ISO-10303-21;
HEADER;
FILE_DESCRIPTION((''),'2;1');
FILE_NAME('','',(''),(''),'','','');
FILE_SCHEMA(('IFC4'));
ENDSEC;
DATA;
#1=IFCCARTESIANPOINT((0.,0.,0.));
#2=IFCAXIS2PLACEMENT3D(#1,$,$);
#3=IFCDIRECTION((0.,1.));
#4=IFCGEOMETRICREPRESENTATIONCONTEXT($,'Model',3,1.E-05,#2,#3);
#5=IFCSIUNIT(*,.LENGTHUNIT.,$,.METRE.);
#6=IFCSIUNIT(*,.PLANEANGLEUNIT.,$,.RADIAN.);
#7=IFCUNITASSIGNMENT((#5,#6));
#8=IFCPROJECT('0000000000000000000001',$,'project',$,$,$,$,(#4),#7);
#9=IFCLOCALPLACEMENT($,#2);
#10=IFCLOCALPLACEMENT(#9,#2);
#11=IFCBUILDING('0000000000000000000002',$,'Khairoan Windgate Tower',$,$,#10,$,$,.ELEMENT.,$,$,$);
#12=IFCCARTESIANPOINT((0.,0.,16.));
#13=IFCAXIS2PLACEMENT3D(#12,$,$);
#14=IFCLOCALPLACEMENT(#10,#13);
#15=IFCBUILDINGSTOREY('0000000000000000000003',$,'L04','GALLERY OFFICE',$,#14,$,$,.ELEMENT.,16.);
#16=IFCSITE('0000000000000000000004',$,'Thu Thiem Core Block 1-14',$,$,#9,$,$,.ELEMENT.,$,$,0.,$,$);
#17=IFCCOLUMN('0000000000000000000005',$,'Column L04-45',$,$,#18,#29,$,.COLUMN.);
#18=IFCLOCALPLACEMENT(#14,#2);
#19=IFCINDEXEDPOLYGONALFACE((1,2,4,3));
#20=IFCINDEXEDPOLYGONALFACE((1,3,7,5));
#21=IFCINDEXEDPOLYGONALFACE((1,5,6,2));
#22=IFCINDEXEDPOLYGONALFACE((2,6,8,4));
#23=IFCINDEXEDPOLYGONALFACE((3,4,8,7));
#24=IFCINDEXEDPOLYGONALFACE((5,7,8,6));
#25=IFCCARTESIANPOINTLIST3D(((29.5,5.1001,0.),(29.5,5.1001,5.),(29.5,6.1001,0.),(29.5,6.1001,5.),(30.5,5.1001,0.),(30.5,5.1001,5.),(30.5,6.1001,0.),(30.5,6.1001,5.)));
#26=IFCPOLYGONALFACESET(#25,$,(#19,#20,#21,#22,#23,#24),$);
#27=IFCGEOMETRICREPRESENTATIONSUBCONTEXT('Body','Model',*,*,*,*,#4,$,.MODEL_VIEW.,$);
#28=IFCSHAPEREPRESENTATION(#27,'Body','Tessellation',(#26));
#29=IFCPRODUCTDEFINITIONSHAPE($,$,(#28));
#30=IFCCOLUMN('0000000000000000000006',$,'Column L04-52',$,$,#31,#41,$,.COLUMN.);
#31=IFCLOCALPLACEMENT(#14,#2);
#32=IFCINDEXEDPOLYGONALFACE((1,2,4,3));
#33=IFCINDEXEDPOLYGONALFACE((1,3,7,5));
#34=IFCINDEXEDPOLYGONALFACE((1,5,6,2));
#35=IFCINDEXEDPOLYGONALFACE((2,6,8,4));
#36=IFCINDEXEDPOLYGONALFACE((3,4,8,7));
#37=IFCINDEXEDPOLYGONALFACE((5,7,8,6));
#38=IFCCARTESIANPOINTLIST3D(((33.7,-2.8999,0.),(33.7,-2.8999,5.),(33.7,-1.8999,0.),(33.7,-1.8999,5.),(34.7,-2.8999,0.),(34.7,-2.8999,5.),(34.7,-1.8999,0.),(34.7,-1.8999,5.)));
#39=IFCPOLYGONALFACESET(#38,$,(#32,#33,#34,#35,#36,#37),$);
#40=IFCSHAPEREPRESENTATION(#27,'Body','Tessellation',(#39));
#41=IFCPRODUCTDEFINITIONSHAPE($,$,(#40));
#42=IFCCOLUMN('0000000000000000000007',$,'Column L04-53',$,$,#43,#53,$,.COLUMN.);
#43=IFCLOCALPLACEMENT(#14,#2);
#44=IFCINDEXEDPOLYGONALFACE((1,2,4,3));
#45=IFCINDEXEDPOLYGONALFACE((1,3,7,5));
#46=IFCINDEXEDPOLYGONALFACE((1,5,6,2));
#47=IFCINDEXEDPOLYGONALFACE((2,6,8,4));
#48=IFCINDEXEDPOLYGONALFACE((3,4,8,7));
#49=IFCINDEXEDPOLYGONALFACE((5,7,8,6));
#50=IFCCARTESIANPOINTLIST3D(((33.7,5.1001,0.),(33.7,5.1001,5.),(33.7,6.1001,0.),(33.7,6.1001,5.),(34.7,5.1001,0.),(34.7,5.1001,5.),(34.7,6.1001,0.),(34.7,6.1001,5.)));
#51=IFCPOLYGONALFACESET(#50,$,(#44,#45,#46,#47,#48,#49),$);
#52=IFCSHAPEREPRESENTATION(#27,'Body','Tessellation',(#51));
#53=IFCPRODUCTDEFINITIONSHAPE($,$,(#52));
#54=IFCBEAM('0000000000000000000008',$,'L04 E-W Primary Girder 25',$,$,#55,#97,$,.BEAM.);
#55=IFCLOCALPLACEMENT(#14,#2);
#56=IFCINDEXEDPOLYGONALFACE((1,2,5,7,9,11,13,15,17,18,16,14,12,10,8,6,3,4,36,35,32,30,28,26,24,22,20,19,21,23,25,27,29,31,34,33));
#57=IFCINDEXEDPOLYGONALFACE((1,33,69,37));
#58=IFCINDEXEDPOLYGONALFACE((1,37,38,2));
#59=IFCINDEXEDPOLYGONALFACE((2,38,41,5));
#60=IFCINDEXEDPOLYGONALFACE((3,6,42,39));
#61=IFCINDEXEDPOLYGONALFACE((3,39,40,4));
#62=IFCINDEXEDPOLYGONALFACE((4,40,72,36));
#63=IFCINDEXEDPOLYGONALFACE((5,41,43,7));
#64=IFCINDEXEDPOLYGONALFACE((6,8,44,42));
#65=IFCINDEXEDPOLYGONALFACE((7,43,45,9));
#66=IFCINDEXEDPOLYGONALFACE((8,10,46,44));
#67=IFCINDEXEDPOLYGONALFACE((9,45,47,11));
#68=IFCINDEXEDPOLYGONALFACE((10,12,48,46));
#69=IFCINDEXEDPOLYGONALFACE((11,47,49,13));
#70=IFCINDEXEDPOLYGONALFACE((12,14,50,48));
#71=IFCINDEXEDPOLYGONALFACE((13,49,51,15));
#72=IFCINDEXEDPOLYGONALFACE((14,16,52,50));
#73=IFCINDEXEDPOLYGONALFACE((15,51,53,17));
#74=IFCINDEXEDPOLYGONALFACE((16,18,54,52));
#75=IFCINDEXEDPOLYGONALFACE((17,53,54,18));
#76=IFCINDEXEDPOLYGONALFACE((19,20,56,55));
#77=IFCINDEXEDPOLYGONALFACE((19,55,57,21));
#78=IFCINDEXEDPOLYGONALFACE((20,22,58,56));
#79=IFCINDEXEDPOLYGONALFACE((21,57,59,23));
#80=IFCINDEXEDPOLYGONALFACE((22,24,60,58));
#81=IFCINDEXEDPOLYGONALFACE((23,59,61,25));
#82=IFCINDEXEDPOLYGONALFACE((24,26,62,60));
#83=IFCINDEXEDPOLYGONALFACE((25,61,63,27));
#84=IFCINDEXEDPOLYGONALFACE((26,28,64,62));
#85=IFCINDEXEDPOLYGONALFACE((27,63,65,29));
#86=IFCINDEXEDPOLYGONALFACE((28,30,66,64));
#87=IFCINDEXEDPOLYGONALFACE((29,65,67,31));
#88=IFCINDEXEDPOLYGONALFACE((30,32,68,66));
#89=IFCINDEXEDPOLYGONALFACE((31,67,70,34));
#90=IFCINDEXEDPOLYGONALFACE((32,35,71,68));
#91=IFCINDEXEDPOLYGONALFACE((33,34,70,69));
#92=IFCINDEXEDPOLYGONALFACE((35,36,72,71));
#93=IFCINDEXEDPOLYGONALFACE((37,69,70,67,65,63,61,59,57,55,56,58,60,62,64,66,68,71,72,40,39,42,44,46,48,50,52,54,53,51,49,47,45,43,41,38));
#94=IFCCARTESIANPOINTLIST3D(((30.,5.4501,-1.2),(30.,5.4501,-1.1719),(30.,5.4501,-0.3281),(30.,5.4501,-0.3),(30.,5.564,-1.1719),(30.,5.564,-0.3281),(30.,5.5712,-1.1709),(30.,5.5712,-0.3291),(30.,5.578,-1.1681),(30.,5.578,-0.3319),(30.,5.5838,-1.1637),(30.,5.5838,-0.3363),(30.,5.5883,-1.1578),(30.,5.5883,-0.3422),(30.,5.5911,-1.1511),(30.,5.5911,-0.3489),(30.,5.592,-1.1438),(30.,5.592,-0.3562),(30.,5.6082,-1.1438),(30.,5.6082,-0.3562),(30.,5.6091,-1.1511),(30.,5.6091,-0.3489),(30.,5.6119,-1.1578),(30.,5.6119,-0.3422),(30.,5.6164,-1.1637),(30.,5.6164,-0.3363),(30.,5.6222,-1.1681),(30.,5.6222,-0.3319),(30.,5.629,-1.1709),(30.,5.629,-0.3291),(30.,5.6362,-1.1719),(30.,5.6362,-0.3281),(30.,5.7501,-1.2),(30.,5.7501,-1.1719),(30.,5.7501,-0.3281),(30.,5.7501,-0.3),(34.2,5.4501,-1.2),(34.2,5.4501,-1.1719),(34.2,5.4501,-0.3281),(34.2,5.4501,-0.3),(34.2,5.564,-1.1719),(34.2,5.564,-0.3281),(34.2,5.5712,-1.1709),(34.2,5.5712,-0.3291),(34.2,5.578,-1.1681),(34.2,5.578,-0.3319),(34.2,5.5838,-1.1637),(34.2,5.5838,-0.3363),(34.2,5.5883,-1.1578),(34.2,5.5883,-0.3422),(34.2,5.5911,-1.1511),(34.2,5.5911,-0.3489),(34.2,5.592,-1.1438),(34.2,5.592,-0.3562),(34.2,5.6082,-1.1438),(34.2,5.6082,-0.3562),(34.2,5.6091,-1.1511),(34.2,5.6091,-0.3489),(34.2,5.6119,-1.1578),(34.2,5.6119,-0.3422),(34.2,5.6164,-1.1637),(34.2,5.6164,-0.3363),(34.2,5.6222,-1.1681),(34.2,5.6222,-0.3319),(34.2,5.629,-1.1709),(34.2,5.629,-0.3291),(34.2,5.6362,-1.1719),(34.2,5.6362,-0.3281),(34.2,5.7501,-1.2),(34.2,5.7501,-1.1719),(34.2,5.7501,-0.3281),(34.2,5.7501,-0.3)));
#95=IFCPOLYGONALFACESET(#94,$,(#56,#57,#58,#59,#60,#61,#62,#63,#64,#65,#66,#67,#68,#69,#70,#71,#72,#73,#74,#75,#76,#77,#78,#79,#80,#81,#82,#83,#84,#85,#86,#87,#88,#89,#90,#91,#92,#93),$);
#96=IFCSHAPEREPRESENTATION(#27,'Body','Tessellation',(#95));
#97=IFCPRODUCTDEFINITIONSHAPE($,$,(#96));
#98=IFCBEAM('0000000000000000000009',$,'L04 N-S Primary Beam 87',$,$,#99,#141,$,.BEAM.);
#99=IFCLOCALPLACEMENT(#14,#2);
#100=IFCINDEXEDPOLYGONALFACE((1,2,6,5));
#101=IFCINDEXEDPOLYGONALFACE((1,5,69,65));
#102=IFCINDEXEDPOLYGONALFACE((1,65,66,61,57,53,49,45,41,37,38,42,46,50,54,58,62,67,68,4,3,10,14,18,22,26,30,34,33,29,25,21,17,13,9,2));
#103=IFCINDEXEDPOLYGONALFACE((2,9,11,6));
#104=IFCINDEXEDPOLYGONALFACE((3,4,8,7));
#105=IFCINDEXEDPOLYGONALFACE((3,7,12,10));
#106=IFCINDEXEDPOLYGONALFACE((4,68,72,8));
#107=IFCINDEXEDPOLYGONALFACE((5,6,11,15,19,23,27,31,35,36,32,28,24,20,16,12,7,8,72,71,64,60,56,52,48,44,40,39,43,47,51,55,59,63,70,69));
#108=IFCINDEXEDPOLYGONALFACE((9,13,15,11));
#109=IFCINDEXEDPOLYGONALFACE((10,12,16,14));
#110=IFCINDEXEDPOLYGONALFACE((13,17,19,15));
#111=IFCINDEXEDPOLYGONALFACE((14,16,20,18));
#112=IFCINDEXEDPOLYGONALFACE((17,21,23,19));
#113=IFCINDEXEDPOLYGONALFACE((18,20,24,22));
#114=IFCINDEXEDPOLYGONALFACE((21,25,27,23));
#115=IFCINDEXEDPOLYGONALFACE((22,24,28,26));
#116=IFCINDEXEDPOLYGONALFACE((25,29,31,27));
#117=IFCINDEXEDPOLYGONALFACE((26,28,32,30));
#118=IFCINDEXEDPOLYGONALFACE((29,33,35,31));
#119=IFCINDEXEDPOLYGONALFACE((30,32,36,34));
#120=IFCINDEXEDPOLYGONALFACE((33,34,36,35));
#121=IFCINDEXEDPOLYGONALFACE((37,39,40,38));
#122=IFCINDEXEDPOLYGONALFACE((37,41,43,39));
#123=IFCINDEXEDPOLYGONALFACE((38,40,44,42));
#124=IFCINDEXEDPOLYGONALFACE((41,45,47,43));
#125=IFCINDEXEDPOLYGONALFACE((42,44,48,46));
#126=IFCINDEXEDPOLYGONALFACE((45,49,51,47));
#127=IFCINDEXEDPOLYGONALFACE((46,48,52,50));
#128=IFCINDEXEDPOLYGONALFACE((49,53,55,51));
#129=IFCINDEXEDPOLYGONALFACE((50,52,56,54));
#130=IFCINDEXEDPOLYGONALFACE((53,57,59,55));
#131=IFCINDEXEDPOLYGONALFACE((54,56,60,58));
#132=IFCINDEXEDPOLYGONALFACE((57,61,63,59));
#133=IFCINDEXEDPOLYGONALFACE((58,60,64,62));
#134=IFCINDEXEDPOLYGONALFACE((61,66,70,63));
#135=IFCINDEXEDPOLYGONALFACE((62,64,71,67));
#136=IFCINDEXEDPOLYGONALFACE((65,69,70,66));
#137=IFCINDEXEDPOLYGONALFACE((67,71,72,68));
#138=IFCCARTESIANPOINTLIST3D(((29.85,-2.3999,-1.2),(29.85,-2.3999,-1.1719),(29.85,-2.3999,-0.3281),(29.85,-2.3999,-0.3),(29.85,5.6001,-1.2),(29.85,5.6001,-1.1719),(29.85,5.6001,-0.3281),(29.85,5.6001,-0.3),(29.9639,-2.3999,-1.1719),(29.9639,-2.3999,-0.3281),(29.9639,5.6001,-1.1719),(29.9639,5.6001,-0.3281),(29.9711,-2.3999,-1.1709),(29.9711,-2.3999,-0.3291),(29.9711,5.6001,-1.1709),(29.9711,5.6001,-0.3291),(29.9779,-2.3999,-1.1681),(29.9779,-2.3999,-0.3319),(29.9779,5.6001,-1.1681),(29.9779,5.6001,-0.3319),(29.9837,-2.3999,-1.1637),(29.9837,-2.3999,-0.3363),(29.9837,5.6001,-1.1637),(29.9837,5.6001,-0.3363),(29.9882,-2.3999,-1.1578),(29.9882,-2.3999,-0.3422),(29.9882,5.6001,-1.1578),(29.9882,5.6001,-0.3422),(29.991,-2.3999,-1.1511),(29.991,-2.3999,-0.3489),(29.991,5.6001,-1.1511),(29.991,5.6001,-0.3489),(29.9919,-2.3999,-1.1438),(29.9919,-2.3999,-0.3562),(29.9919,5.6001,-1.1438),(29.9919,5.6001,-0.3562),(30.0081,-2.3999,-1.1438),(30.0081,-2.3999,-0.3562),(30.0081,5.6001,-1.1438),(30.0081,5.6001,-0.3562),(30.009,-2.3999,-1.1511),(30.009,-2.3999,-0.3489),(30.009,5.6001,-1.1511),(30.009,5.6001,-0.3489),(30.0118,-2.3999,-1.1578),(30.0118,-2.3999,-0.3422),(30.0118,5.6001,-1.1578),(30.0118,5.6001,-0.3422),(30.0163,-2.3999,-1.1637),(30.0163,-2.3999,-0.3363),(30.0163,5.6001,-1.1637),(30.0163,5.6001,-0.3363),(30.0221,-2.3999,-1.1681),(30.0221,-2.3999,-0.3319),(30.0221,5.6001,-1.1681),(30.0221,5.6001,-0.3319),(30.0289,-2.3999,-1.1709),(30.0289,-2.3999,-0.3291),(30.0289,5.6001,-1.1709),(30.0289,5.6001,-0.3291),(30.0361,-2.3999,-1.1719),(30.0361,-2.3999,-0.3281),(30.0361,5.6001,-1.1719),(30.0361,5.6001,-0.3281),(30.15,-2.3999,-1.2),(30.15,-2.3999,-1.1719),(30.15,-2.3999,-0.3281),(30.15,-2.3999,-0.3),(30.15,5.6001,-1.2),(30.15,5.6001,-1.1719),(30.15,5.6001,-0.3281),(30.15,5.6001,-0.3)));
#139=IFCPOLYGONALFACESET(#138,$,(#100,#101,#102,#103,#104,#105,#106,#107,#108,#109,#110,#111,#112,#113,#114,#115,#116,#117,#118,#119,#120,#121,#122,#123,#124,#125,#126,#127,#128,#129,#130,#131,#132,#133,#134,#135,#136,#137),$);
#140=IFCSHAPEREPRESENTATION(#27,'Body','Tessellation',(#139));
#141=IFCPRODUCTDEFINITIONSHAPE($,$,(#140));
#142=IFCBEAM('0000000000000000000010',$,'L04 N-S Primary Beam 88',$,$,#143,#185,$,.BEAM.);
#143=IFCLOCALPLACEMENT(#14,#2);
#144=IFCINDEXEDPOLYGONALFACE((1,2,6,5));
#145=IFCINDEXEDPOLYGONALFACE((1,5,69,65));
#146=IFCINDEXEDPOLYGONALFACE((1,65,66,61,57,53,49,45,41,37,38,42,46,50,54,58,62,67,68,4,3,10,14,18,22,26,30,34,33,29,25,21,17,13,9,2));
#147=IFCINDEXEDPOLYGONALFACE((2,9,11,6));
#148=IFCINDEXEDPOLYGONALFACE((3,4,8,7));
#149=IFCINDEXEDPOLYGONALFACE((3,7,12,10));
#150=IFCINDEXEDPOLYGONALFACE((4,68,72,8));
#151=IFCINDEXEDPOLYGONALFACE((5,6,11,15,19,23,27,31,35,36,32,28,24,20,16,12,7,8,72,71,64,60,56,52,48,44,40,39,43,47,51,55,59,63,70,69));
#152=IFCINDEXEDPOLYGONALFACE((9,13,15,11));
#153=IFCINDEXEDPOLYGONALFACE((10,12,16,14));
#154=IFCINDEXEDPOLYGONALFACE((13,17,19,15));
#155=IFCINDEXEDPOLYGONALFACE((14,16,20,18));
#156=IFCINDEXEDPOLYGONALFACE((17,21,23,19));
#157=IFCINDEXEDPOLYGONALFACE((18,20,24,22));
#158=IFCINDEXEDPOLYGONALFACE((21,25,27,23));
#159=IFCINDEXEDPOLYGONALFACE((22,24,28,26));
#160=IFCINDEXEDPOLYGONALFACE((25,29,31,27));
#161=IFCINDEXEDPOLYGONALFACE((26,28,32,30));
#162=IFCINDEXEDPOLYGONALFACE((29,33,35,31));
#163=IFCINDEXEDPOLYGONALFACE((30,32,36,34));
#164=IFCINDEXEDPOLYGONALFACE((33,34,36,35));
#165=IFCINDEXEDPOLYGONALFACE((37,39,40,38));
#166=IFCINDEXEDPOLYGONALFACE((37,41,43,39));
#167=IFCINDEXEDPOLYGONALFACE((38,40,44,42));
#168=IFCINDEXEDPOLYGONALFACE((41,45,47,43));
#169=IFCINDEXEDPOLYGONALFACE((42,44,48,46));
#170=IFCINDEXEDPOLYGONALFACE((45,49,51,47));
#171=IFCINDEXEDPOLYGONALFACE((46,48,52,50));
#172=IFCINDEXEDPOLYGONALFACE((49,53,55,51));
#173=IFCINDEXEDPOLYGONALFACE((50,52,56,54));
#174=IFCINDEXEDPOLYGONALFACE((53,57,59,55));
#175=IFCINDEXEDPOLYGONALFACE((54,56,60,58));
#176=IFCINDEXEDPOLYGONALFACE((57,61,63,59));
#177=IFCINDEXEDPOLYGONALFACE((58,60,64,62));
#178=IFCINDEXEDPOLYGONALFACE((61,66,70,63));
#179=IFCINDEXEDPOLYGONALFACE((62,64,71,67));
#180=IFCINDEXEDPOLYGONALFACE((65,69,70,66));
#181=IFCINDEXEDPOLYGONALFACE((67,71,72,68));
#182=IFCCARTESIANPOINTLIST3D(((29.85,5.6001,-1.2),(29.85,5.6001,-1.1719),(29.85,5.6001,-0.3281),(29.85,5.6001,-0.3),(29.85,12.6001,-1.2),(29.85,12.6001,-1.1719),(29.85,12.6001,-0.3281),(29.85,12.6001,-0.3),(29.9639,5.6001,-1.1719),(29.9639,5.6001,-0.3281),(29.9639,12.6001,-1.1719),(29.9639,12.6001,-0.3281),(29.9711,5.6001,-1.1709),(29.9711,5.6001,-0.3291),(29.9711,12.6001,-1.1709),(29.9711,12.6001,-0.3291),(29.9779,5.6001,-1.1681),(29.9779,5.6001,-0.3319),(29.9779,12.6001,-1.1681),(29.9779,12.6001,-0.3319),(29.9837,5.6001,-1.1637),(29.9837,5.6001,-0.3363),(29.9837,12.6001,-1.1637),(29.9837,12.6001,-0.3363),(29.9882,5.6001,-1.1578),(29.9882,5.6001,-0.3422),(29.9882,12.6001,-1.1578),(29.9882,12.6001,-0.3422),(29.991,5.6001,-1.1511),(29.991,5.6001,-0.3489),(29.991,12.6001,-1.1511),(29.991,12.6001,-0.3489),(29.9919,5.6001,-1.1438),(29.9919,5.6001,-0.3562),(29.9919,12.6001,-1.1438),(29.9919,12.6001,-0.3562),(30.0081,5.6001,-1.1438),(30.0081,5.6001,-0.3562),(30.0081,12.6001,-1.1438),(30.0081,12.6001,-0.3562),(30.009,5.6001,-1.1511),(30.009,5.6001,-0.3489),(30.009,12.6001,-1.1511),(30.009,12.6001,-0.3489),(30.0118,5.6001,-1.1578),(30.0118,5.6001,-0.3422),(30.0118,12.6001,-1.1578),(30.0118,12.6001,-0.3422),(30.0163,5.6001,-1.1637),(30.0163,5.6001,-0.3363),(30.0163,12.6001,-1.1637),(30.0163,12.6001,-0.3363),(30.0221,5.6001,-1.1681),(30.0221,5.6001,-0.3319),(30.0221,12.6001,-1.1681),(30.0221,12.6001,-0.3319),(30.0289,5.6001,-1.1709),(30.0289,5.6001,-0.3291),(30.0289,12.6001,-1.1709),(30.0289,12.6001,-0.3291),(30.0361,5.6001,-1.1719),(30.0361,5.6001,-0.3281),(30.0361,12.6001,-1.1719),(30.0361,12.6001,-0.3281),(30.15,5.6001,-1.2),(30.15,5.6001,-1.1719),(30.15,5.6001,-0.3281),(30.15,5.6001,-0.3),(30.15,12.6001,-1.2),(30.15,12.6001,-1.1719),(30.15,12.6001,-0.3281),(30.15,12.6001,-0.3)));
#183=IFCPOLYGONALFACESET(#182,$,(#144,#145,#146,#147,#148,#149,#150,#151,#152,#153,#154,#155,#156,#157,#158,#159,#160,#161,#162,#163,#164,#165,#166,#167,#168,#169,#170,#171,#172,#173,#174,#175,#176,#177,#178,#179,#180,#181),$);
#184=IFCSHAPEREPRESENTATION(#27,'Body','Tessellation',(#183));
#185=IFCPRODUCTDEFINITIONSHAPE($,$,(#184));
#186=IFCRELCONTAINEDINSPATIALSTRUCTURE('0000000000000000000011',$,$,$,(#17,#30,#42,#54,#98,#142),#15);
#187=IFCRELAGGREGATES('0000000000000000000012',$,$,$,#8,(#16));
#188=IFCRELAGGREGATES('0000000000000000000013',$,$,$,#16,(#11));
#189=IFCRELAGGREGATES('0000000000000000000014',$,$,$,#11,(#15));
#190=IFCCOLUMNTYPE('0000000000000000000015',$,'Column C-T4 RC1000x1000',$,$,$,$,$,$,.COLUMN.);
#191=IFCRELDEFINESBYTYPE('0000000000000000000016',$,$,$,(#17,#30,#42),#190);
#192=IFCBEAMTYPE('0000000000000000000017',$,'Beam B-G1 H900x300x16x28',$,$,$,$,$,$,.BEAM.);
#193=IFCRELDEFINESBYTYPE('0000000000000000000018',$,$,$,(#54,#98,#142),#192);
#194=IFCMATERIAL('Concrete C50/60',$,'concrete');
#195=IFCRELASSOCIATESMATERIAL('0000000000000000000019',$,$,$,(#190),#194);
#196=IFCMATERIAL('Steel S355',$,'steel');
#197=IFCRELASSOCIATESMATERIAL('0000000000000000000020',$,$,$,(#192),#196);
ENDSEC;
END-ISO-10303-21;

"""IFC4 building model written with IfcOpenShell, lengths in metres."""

from ifc_helpers import new_model, si_unit, direction, frame, origin, origin_2d, place, context, subcontext, project, spatial, rectangle, i_section, extrude, material, material_profile, profile_set, type_object, element, save


model = new_model("IFC4")

# Units and contexts
model_context = context("Model", 3, precision=1e-05, world=origin(), true_north=direction((0.0, 1.0)))
body_context = subcontext(model_context, "Body", "Model", "MODEL_VIEW")
ifc_project = project(units=[si_unit("LENGTHUNIT", "METRE"), si_unit("PLANEANGLEUNIT", "RADIAN")], contexts=[model_context])

# Site, building, storey
site_placement = place(None, origin())
site = spatial("IfcSite", under=ifc_project, at=site_placement, Name="Thu Thiem Core Block 1-14", CompositionType="ELEMENT", RefElevation=0.0)
building_placement = place(site_placement, origin())
building = spatial("IfcBuilding", under=site, at=building_placement, Name="Khairoan Windgate Tower", CompositionType="ELEMENT")
storey_placement = place(building_placement, frame((0.0, 0.0, 16.0)))
storey = spatial("IfcBuildingStorey", under=building, at=storey_placement, Name="L04", Description="GALLERY OFFICE", CompositionType="ELEMENT", Elevation=16.0)

# Columns
ifc_material_1 = material(Name="Concrete C50/60", Category="concrete")
ifc_material_profile_1 = material_profile(ifc_material_1, rectangle(XDim=1.0, YDim=1.0, at=origin_2d()))
ifc_profile_set_1 = profile_set([ifc_material_profile_1], Name="Concrete C50/60")
column_type = type_object("IfcColumnType", Name="Column C-T4 RC1000x1000", PredefinedType="COLUMN", material=ifc_profile_set_1)
for number, where, z_axis, x_axis, name in (
    (1, (30.0, 5.6001, 0.0), (0.0, 0.0, 1.0), (1.0, 0.0, 0.0), "Column L04-45"),
    (2, (34.2, -2.3999, 0.0), (0.0, 0.0, 1.0), (1.0, 0.0, 0.0), "Column L04-52"),
    (3, (34.2, 5.6001, 0.0), (0.0, 0.0, 1.0), (1.0, 0.0, 0.0), "Column L04-53"),
):
    element("IfcColumn", number, at=place(storey_placement, frame(where, z_axis=z_axis, x_axis=x_axis)), inside=storey, type_object=column_type, Name=name, PredefinedType="COLUMN", context=body_context, shape_type="SweptSolid", body=[
        extrude(rectangle(XDim=1.0, YDim=1.0, at=origin_2d()), origin(), (0.0, 0.0, 1.0), 5.0),
    ])

# Beams
ifc_material_2 = material(Name="Steel S355", Category="steel")
ifc_material_profile_2 = material_profile(ifc_material_2, i_section(OverallWidth=0.3, OverallDepth=0.8999, WebThickness=0.0161, FlangeThickness=0.0281, FilletRadius=0.0281, at=origin_2d()))
ifc_profile_set_2 = profile_set([ifc_material_profile_2], Name="Steel S355")
beam_type_1 = type_object("IfcBeamType", Name="Beam B-G1 H900x300x16x28", PredefinedType="BEAM", material=ifc_profile_set_2)
beam_1_placement = place(storey_placement, frame((30.0, 5.6001, -0.75), z_axis=(1.0, 0.0, 0.0), x_axis=(0.0, 1.0, 0.0)))
element("IfcBeam", 4, at=beam_1_placement, inside=storey, type_object=beam_type_1, Name="L04 E-W Primary Girder 25", PredefinedType="BEAM", context=body_context, shape_type="SweptSolid", body=[
    extrude(i_section(OverallWidth=0.3, OverallDepth=0.8999, WebThickness=0.0161, FlangeThickness=0.0281, FilletRadius=0.0281, at=origin_2d()), origin(), (0.0, 0.0, 1.0), 4.2),
])
beam_2_placement = place(storey_placement, frame((30.0, -2.3999, -0.75), z_axis=(0.0, 1.0, 0.0), x_axis=(-1.0, 0.0, 0.0)))
element("IfcBeam", 5, at=beam_2_placement, inside=storey, type_object=beam_type_1, Name="L04 N-S Primary Beam 87", PredefinedType="BEAM", context=body_context, shape_type="SweptSolid", body=[
    extrude(i_section(OverallWidth=0.3, OverallDepth=0.8999, WebThickness=0.0161, FlangeThickness=0.0281, FilletRadius=0.0281, at=origin_2d()), origin(), (0.0, 0.0, 1.0), 8.0),
])
beam_3_placement = place(storey_placement, frame((30.0, 5.6001, -0.75), z_axis=(0.0, 1.0, 0.0), x_axis=(-1.0, 0.0, 0.0)))
element("IfcBeam", 6, at=beam_3_placement, inside=storey, type_object=beam_type_1, Name="L04 N-S Primary Beam 88", PredefinedType="BEAM", context=body_context, shape_type="SweptSolid", body=[
    extrude(i_section(OverallWidth=0.3, OverallDepth=0.8999, WebThickness=0.0161, FlangeThickness=0.0281, FilletRadius=0.0281, at=origin_2d()), origin(), (0.0, 0.0, 1.0), 7.0),
])

save(model, "model.ifc")
